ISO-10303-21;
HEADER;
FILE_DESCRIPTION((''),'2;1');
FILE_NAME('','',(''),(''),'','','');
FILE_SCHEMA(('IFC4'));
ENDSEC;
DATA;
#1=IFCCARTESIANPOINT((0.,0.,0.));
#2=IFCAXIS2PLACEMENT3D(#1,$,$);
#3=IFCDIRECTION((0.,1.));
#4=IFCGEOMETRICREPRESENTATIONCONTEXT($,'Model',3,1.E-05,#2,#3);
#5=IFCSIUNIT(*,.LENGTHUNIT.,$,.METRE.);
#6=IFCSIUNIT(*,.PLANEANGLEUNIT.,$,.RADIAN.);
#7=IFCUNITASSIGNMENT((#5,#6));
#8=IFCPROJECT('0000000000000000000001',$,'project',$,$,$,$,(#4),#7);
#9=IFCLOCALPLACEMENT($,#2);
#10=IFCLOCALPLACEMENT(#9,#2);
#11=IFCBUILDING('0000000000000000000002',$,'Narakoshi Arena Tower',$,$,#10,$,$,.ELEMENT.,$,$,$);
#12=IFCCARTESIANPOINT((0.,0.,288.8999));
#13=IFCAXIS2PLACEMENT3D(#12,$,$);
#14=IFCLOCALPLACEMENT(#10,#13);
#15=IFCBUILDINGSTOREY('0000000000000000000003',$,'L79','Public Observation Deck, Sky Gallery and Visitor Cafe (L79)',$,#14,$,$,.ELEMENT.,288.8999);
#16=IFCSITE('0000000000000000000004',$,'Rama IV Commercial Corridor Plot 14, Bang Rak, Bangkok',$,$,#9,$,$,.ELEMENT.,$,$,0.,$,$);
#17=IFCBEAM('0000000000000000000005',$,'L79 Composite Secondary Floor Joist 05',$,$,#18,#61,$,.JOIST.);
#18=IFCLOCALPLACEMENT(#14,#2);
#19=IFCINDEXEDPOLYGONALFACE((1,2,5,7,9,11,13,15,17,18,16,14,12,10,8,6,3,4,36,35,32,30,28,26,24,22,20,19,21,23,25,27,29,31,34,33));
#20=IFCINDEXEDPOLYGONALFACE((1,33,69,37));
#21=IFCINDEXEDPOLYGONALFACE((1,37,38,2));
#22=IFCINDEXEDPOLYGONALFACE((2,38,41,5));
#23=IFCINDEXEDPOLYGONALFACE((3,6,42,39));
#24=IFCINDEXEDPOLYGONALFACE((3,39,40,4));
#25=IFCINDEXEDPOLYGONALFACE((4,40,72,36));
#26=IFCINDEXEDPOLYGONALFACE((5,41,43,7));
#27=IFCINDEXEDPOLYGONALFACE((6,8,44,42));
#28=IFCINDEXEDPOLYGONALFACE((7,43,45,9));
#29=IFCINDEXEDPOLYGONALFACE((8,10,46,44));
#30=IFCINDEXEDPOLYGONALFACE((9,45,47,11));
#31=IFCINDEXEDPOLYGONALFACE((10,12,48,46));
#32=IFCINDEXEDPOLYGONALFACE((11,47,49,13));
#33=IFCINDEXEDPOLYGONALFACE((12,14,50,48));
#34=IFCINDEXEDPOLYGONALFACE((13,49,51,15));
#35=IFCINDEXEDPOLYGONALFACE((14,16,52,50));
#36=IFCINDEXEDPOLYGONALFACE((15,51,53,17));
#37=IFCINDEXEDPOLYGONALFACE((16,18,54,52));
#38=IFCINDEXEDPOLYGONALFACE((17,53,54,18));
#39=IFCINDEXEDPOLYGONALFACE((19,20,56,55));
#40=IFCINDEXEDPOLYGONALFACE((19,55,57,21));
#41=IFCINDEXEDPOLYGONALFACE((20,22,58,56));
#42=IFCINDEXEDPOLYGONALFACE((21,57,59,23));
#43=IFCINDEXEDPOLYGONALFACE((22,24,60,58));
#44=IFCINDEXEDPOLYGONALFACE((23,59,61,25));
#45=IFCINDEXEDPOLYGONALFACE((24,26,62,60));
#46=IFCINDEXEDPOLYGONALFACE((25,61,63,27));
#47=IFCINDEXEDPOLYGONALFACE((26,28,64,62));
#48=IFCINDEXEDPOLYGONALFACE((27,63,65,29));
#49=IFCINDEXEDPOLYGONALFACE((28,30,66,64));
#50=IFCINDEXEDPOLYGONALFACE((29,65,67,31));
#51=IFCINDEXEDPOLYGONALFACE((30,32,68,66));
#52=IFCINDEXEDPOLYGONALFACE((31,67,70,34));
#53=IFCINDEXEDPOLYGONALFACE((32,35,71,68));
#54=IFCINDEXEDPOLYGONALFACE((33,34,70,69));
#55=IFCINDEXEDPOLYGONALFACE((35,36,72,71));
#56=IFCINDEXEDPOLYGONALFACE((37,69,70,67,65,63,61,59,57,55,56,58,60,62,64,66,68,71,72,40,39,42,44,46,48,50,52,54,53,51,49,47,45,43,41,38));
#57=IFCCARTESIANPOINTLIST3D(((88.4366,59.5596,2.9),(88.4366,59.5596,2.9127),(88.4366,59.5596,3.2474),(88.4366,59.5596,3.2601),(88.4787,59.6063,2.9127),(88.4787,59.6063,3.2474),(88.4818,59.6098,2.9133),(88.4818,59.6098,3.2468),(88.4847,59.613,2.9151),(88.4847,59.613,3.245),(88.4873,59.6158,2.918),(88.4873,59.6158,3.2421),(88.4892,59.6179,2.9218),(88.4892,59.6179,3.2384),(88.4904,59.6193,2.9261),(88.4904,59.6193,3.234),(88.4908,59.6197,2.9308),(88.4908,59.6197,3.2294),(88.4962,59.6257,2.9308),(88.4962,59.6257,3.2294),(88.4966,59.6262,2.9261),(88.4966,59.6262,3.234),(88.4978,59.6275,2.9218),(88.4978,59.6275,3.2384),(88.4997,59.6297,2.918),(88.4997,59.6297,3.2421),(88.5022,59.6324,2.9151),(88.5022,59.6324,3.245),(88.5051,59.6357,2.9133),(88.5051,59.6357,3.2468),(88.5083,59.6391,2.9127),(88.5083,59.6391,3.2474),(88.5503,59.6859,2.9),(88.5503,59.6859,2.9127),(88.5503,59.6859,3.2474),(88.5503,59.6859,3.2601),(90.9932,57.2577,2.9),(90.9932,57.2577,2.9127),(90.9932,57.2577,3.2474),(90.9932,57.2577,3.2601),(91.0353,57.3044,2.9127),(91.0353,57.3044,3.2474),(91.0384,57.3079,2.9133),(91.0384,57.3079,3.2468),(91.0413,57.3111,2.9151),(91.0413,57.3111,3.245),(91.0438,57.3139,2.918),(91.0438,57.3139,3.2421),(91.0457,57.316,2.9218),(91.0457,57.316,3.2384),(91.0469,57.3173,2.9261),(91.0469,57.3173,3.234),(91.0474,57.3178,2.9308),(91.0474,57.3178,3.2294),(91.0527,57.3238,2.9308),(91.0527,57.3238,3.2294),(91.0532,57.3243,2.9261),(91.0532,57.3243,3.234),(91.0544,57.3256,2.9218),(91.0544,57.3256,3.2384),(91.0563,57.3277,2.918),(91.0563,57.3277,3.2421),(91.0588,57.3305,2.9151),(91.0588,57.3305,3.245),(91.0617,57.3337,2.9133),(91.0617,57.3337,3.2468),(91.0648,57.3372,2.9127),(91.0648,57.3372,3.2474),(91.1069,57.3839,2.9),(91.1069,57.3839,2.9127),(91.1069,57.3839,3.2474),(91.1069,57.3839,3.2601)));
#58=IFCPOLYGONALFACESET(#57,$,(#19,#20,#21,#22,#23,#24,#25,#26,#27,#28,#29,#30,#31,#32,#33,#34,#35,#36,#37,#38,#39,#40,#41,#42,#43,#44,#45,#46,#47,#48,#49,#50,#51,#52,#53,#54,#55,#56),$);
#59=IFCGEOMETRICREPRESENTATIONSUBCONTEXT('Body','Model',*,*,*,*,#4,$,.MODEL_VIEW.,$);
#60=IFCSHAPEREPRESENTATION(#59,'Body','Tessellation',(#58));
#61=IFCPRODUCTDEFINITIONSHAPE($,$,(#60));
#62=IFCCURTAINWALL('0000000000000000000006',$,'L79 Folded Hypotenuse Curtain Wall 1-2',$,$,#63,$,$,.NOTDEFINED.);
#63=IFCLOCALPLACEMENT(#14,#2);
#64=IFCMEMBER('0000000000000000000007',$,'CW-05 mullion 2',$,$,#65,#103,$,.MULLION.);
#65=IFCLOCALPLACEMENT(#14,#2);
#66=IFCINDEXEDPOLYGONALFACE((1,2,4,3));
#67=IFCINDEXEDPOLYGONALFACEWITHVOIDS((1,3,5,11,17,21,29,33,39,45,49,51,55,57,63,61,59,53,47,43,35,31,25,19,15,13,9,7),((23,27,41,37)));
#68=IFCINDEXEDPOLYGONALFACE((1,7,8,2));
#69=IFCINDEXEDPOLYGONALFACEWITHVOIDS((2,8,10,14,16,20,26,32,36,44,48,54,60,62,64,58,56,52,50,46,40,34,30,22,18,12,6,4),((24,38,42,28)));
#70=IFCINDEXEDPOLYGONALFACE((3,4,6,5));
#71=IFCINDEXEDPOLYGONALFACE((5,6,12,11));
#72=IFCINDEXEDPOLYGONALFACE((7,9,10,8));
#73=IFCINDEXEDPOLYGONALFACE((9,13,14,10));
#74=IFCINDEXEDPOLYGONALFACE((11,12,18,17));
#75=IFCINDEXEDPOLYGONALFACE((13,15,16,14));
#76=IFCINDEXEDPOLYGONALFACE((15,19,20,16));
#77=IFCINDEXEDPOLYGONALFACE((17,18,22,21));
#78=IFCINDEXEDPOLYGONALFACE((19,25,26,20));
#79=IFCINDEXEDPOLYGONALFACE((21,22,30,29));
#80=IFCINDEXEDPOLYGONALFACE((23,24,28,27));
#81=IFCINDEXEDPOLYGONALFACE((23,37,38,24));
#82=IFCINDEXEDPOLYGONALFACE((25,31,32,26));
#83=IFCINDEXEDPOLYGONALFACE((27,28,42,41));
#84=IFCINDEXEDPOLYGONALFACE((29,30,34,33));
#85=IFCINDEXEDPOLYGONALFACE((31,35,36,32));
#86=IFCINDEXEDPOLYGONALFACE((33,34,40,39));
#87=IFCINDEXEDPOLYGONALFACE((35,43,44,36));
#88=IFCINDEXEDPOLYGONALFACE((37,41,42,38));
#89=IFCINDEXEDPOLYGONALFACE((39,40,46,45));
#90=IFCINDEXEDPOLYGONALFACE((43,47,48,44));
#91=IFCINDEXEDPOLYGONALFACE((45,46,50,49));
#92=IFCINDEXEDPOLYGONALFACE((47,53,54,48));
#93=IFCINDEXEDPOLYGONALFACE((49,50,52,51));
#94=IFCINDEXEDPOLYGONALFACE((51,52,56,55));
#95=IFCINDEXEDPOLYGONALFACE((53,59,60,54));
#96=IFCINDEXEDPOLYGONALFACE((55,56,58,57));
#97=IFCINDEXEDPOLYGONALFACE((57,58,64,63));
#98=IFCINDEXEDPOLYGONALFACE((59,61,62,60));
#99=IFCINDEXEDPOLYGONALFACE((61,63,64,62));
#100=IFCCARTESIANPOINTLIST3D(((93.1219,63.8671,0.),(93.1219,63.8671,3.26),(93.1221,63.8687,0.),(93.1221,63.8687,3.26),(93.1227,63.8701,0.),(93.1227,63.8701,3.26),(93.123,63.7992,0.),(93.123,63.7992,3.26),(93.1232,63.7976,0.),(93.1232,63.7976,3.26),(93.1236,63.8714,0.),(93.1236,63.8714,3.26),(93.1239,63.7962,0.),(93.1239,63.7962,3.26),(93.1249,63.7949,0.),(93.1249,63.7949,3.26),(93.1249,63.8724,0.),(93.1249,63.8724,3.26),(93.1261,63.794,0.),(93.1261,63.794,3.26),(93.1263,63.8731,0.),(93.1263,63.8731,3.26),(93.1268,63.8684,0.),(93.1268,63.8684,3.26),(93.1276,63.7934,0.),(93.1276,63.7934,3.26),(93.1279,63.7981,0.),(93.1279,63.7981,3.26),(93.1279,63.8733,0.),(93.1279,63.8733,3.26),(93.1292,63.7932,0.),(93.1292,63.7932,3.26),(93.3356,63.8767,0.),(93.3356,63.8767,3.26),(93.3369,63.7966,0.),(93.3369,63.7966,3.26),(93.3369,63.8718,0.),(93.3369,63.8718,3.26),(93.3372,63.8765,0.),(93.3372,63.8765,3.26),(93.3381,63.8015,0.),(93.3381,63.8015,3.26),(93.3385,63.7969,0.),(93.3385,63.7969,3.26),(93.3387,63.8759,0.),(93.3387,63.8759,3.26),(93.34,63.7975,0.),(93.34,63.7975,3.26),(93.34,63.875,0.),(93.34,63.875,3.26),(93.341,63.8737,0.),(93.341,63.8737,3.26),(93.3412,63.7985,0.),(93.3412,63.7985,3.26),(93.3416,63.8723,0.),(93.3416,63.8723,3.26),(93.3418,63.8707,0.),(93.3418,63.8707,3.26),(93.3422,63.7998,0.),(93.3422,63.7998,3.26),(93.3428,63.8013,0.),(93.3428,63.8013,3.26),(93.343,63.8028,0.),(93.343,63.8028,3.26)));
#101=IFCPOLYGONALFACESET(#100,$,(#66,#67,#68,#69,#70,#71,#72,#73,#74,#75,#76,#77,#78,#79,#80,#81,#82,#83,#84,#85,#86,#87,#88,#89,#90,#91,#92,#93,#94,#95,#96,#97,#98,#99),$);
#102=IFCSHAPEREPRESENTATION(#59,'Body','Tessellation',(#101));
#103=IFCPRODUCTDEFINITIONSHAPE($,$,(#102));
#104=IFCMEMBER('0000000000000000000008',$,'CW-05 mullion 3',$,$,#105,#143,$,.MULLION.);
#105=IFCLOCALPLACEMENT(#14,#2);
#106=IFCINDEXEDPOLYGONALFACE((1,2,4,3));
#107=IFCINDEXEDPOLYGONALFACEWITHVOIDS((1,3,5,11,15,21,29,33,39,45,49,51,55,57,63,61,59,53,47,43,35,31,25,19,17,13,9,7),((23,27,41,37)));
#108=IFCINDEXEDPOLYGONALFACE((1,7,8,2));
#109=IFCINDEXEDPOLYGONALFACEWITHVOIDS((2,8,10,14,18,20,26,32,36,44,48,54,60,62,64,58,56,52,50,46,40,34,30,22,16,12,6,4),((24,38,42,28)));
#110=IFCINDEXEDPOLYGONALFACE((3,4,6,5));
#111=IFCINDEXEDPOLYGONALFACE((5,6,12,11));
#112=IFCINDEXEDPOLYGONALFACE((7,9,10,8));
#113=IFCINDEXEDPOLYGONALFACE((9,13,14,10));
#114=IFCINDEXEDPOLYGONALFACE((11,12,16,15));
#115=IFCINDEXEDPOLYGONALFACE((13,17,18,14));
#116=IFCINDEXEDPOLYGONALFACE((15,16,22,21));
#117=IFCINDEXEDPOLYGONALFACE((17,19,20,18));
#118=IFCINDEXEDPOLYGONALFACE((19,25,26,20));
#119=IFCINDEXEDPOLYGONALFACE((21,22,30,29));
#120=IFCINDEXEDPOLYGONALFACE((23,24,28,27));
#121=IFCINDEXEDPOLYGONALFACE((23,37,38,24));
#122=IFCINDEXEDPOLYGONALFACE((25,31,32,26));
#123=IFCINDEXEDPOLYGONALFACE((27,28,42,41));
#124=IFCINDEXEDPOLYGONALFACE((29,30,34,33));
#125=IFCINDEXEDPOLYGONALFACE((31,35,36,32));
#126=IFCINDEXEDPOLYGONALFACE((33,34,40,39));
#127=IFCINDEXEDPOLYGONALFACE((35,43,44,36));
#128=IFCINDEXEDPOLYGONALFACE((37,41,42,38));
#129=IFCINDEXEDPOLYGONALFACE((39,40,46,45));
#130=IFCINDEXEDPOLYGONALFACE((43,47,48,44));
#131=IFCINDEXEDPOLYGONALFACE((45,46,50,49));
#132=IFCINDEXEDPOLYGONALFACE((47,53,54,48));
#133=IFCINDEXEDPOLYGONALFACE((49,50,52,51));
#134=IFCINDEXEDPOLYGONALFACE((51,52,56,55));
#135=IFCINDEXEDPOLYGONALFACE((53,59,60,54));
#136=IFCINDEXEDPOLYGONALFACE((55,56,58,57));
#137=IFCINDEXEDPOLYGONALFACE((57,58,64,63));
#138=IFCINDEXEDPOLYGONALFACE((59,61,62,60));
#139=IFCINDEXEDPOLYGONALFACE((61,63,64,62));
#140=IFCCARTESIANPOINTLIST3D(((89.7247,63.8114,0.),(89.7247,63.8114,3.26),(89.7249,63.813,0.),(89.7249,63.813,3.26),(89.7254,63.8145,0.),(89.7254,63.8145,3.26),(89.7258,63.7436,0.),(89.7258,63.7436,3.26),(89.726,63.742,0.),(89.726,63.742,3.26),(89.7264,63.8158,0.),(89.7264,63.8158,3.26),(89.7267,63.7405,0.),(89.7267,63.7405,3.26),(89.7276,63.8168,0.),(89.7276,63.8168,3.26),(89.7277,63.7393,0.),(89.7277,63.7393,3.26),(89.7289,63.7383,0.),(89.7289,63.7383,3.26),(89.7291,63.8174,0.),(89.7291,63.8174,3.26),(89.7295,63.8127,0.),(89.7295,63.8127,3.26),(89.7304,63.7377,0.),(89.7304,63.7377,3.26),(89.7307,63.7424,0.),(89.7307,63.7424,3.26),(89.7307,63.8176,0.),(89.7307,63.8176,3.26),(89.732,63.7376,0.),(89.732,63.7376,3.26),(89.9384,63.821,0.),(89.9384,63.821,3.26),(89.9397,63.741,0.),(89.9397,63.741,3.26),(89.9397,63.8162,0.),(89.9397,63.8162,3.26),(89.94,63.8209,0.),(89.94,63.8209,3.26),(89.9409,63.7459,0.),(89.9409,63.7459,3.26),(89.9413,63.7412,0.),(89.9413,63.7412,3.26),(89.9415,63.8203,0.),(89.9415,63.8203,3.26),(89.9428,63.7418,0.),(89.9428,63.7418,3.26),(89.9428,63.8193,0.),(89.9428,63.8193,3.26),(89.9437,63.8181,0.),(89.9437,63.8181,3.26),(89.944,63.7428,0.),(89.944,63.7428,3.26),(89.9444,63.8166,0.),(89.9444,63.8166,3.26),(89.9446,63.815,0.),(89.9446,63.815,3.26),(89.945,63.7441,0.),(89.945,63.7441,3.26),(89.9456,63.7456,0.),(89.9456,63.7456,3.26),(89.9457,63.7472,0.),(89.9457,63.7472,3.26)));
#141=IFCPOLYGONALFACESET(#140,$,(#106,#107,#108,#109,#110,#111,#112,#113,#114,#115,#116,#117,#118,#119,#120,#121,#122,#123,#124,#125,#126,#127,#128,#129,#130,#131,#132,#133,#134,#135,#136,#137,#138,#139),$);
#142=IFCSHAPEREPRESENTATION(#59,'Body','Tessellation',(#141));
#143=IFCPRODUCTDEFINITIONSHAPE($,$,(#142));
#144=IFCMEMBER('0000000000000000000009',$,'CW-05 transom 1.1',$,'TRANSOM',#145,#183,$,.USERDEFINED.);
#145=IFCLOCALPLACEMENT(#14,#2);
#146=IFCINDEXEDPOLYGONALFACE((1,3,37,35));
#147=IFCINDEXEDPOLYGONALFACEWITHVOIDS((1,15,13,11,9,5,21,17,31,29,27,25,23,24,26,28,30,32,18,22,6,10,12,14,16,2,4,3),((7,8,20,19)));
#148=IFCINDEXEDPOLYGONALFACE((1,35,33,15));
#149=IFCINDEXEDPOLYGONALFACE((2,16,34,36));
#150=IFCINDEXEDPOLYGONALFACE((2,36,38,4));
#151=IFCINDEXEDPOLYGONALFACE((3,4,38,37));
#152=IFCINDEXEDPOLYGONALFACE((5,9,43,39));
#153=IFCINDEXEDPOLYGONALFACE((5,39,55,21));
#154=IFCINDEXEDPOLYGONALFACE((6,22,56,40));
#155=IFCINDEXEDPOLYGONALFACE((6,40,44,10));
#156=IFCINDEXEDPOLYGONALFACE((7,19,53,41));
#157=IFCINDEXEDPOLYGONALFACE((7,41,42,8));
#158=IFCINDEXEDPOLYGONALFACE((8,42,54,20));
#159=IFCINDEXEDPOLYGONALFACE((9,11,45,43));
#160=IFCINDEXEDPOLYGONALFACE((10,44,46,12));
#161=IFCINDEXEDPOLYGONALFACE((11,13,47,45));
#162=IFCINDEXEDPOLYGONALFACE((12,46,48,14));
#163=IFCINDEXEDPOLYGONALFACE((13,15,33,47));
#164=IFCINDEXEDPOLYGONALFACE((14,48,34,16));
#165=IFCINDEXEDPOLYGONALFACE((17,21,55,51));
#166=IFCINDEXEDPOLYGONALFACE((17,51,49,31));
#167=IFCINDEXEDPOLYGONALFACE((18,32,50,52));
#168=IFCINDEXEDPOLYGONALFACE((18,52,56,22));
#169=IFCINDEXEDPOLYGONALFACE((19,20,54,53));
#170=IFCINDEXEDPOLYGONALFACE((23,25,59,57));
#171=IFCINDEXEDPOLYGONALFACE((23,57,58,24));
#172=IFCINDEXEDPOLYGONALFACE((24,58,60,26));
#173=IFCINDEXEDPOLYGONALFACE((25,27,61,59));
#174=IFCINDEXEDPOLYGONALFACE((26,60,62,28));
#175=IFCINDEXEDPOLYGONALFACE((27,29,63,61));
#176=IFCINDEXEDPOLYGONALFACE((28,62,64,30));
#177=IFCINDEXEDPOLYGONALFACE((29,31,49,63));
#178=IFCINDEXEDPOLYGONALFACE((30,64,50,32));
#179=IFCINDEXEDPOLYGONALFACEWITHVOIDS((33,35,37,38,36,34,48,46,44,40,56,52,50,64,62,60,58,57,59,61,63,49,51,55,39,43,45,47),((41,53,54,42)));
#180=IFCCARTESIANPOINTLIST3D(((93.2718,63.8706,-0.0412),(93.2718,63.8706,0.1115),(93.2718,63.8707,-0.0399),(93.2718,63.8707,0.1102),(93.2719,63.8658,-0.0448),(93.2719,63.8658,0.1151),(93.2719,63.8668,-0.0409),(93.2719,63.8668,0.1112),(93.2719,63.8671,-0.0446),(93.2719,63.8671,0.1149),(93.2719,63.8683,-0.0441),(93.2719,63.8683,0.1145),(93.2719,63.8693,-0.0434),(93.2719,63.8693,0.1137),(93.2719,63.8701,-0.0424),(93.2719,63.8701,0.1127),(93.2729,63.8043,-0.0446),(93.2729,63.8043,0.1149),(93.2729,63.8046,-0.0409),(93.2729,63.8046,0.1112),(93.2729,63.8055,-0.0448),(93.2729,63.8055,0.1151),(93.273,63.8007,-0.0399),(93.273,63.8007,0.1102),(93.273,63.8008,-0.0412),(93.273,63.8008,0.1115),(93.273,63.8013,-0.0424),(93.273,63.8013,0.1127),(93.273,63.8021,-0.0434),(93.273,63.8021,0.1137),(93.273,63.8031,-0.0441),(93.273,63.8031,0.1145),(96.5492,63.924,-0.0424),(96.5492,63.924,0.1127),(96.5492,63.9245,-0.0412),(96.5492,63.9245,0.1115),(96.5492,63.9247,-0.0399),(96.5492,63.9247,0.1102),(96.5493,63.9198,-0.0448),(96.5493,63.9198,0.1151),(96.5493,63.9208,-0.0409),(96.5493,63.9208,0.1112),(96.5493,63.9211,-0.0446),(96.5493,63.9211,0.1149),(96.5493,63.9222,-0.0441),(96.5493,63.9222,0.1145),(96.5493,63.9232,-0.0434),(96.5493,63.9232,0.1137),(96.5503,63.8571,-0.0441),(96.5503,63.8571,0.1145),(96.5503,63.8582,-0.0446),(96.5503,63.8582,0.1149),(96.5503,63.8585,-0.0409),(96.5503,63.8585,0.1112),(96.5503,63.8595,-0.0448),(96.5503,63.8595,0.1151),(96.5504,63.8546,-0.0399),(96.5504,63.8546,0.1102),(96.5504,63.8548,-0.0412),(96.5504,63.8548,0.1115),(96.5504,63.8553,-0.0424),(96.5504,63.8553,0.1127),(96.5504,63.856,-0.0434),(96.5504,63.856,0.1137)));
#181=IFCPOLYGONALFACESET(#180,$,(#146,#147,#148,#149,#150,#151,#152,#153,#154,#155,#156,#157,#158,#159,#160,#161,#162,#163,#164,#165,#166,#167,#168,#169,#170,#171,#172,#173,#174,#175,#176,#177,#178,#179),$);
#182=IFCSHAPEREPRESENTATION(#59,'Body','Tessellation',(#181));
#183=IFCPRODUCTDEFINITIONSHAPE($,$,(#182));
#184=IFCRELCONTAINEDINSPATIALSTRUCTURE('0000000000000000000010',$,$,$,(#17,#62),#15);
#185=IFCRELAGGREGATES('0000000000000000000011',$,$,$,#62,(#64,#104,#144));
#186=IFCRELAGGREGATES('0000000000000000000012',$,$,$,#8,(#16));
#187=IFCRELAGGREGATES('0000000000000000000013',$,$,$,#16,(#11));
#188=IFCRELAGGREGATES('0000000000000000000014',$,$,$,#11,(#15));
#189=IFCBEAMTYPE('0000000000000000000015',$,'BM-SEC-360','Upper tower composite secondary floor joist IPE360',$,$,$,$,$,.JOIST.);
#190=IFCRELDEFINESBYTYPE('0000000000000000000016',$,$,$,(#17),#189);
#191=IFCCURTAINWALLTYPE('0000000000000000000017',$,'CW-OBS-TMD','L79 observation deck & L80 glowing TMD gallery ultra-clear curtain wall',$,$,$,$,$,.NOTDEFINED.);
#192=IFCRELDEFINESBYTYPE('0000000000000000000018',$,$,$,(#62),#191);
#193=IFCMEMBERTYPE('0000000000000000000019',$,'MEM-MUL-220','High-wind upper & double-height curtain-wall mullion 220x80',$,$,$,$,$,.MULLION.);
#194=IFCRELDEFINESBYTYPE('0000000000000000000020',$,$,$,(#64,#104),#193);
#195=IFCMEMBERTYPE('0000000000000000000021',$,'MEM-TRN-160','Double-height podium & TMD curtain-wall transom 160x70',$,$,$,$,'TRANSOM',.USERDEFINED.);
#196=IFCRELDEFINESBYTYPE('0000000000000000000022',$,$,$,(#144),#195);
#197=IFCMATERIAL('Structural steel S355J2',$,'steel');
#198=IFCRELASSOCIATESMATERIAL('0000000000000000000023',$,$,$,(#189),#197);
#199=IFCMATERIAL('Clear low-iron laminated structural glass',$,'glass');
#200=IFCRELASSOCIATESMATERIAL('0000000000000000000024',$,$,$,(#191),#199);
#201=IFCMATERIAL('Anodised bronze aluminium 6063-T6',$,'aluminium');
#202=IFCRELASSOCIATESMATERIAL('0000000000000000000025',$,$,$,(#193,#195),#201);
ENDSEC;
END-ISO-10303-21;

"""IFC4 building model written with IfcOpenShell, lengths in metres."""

from ifc_helpers import new_model, si_unit, direction, frame, origin, origin_2d, place, context, subcontext, project, spatial, hollow_rectangle, i_section, extrude, material, material_profile, profile_set, type_object, element, aggregate, save


model = new_model("IFC4")

# Units and contexts
model_context = context("Model", 3, precision=1e-05, world=origin(), true_north=direction((0.0, 1.0)))
body_context = subcontext(model_context, "Body", "Model", "MODEL_VIEW")
ifc_project = project(units=[si_unit("LENGTHUNIT", "METRE"), si_unit("PLANEANGLEUNIT", "RADIAN")], contexts=[model_context])

# Site, building, storey
site_placement = place(None, origin())
site = spatial("IfcSite", under=ifc_project, at=site_placement, Name="Rama IV Commercial Corridor Plot 14, Bang Rak, Bangkok", CompositionType="ELEMENT", RefElevation=0.0)
building_placement = place(site_placement, origin())
building = spatial("IfcBuilding", under=site, at=building_placement, Name="Narakoshi Arena Tower", CompositionType="ELEMENT")
storey_placement = place(building_placement, frame((0.0, 0.0, 288.8999)))
storey = spatial("IfcBuildingStorey", under=building, at=storey_placement, Name="L79", Description="Public Observation Deck, Sky Gallery and Visitor Cafe (L79)", CompositionType="ELEMENT", Elevation=288.8999)

# Shared definitions
ifc_material_1 = material(Name="Structural steel S355J2", Category="steel")

# Beam
ifc_material_profile_1 = material_profile(ifc_material_1, i_section(OverallWidth=0.1699, OverallDepth=0.3601, WebThickness=0.0081, FlangeThickness=0.0127, FilletRadius=0.0181, at=origin_2d()), Name="IPE360")
ifc_profile_set_1 = profile_set([ifc_material_profile_1], Name="Structural steel S355J2")
beam_type_1 = type_object("IfcBeamType", Name="BM-SEC-360", Description="Upper tower composite secondary floor joist IPE360", PredefinedType="JOIST", material=ifc_profile_set_1)
beam_1_placement = place(storey_placement, frame((91.05, 57.3208, 3.0801), z_axis=(-0.743146, 0.669129, 0.0), x_axis=(-0.669129, -0.743146, 0.0)))
element("IfcBeam", 1, at=beam_1_placement, inside=storey, type_object=beam_type_1, Name="L79 Composite Secondary Floor Joist 05", PredefinedType="JOIST", context=body_context, shape_type="SweptSolid", body=[
    extrude(i_section(OverallWidth=0.1699, OverallDepth=0.3601, WebThickness=0.0081, FlangeThickness=0.0127, FilletRadius=0.0181, at=origin_2d()), origin(), (0.0, 0.0, 1.0), 3.4402),
])

# Curtain wall, members
ifc_material_2 = material(Name="Clear low-iron laminated structural glass", Category="glass")
curtain_wall_type = type_object("IfcCurtainWallType", Name="CW-OBS-TMD", Description="L79 observation deck & L80 glowing TMD gallery ultra-clear curtain wall", PredefinedType="NOTDEFINED", material=ifc_material_2)
curtain_wall_placement = place(storey_placement, origin())
curtain_wall = element("IfcCurtainWall", 2, at=curtain_wall_placement, inside=storey, type_object=curtain_wall_type, Name="L79 Folded Hypotenuse Curtain Wall 1-2", PredefinedType="NOTDEFINED")
ifc_material_3 = material(Name="Anodised bronze aluminium 6063-T6", Category="aluminium")
ifc_material_profile_2 = material_profile(ifc_material_3, hollow_rectangle(XDim=0.0801, YDim=0.22, WallThickness=0.0049, OuterFilletRadius=0.0061, at=origin_2d()), Name="MUL220x80x5")
ifc_profile_set_2 = profile_set([ifc_material_profile_2], Name="Anodised bronze aluminium 6063-T6")
member_type_1 = type_object("IfcMemberType", Name="MEM-MUL-220", Description="High-wind upper & double-height curtain-wall mullion 220x80", PredefinedType="MULLION", material=ifc_profile_set_2)
member_1_placement = place(storey_placement, frame((93.2324, 63.835, 0.0), z_axis=(0.0, 0.0, 1.0), x_axis=(0.016437, -0.999865, 0.0)))
member_1 = element("IfcMember", 3, at=member_1_placement, type_object=member_type_1, Name="CW-05 mullion 2", PredefinedType="MULLION", context=body_context, shape_type="SweptSolid", body=[
    extrude(hollow_rectangle(XDim=0.0801, YDim=0.22, WallThickness=0.0049, OuterFilletRadius=0.0061, at=origin_2d()), origin(), (0.0, 0.0, 1.0), 3.26),
])
member_2_placement = place(storey_placement, frame((89.8352, 63.7793, 0.0), z_axis=(0.0, 0.0, 1.0), x_axis=(0.016437, -0.999865, 0.0)))
member_2 = element("IfcMember", 4, at=member_2_placement, type_object=member_type_1, Name="CW-05 mullion 3", PredefinedType="MULLION", context=body_context, shape_type="SweptSolid", body=[
    extrude(hollow_rectangle(XDim=0.0801, YDim=0.22, WallThickness=0.0049, OuterFilletRadius=0.0061, at=origin_2d()), origin(), (0.0, 0.0, 1.0), 3.26),
])
ifc_material_profile_3 = material_profile(ifc_material_3, hollow_rectangle(XDim=0.0701, YDim=0.1599, WallThickness=0.0039, OuterFilletRadius=0.0049, at=origin_2d()), Name="TRN160x70x4")
ifc_profile_set_3 = profile_set([ifc_material_profile_3], Name="Anodised bronze aluminium 6063-T6")
member_type_2 = type_object("IfcMemberType", Name="MEM-TRN-160", Description="Double-height podium & TMD curtain-wall transom 160x70", ElementType="TRANSOM", PredefinedType="USERDEFINED", material=ifc_profile_set_3)
member_3_placement = place(storey_placement, frame((96.5498, 63.8896, 0.0352), z_axis=(-0.999865, -0.016461, 0.0), x_axis=(0.016461, -0.999865, 0.0)))
member_3 = element("IfcMember", 5, at=member_3_placement, type_object=member_type_2, Name="CW-05 transom 1.1", ObjectType="TRANSOM", PredefinedType="USERDEFINED", context=body_context, shape_type="SweptSolid", body=[
    extrude(hollow_rectangle(XDim=0.0701, YDim=0.1599, WallThickness=0.0039, OuterFilletRadius=0.0049, at=origin_2d()), origin(), (0.0, 0.0, 1.0), 3.2778),
])
aggregate(curtain_wall, [member_1, member_2, member_3])

save(model, "model.ifc")
